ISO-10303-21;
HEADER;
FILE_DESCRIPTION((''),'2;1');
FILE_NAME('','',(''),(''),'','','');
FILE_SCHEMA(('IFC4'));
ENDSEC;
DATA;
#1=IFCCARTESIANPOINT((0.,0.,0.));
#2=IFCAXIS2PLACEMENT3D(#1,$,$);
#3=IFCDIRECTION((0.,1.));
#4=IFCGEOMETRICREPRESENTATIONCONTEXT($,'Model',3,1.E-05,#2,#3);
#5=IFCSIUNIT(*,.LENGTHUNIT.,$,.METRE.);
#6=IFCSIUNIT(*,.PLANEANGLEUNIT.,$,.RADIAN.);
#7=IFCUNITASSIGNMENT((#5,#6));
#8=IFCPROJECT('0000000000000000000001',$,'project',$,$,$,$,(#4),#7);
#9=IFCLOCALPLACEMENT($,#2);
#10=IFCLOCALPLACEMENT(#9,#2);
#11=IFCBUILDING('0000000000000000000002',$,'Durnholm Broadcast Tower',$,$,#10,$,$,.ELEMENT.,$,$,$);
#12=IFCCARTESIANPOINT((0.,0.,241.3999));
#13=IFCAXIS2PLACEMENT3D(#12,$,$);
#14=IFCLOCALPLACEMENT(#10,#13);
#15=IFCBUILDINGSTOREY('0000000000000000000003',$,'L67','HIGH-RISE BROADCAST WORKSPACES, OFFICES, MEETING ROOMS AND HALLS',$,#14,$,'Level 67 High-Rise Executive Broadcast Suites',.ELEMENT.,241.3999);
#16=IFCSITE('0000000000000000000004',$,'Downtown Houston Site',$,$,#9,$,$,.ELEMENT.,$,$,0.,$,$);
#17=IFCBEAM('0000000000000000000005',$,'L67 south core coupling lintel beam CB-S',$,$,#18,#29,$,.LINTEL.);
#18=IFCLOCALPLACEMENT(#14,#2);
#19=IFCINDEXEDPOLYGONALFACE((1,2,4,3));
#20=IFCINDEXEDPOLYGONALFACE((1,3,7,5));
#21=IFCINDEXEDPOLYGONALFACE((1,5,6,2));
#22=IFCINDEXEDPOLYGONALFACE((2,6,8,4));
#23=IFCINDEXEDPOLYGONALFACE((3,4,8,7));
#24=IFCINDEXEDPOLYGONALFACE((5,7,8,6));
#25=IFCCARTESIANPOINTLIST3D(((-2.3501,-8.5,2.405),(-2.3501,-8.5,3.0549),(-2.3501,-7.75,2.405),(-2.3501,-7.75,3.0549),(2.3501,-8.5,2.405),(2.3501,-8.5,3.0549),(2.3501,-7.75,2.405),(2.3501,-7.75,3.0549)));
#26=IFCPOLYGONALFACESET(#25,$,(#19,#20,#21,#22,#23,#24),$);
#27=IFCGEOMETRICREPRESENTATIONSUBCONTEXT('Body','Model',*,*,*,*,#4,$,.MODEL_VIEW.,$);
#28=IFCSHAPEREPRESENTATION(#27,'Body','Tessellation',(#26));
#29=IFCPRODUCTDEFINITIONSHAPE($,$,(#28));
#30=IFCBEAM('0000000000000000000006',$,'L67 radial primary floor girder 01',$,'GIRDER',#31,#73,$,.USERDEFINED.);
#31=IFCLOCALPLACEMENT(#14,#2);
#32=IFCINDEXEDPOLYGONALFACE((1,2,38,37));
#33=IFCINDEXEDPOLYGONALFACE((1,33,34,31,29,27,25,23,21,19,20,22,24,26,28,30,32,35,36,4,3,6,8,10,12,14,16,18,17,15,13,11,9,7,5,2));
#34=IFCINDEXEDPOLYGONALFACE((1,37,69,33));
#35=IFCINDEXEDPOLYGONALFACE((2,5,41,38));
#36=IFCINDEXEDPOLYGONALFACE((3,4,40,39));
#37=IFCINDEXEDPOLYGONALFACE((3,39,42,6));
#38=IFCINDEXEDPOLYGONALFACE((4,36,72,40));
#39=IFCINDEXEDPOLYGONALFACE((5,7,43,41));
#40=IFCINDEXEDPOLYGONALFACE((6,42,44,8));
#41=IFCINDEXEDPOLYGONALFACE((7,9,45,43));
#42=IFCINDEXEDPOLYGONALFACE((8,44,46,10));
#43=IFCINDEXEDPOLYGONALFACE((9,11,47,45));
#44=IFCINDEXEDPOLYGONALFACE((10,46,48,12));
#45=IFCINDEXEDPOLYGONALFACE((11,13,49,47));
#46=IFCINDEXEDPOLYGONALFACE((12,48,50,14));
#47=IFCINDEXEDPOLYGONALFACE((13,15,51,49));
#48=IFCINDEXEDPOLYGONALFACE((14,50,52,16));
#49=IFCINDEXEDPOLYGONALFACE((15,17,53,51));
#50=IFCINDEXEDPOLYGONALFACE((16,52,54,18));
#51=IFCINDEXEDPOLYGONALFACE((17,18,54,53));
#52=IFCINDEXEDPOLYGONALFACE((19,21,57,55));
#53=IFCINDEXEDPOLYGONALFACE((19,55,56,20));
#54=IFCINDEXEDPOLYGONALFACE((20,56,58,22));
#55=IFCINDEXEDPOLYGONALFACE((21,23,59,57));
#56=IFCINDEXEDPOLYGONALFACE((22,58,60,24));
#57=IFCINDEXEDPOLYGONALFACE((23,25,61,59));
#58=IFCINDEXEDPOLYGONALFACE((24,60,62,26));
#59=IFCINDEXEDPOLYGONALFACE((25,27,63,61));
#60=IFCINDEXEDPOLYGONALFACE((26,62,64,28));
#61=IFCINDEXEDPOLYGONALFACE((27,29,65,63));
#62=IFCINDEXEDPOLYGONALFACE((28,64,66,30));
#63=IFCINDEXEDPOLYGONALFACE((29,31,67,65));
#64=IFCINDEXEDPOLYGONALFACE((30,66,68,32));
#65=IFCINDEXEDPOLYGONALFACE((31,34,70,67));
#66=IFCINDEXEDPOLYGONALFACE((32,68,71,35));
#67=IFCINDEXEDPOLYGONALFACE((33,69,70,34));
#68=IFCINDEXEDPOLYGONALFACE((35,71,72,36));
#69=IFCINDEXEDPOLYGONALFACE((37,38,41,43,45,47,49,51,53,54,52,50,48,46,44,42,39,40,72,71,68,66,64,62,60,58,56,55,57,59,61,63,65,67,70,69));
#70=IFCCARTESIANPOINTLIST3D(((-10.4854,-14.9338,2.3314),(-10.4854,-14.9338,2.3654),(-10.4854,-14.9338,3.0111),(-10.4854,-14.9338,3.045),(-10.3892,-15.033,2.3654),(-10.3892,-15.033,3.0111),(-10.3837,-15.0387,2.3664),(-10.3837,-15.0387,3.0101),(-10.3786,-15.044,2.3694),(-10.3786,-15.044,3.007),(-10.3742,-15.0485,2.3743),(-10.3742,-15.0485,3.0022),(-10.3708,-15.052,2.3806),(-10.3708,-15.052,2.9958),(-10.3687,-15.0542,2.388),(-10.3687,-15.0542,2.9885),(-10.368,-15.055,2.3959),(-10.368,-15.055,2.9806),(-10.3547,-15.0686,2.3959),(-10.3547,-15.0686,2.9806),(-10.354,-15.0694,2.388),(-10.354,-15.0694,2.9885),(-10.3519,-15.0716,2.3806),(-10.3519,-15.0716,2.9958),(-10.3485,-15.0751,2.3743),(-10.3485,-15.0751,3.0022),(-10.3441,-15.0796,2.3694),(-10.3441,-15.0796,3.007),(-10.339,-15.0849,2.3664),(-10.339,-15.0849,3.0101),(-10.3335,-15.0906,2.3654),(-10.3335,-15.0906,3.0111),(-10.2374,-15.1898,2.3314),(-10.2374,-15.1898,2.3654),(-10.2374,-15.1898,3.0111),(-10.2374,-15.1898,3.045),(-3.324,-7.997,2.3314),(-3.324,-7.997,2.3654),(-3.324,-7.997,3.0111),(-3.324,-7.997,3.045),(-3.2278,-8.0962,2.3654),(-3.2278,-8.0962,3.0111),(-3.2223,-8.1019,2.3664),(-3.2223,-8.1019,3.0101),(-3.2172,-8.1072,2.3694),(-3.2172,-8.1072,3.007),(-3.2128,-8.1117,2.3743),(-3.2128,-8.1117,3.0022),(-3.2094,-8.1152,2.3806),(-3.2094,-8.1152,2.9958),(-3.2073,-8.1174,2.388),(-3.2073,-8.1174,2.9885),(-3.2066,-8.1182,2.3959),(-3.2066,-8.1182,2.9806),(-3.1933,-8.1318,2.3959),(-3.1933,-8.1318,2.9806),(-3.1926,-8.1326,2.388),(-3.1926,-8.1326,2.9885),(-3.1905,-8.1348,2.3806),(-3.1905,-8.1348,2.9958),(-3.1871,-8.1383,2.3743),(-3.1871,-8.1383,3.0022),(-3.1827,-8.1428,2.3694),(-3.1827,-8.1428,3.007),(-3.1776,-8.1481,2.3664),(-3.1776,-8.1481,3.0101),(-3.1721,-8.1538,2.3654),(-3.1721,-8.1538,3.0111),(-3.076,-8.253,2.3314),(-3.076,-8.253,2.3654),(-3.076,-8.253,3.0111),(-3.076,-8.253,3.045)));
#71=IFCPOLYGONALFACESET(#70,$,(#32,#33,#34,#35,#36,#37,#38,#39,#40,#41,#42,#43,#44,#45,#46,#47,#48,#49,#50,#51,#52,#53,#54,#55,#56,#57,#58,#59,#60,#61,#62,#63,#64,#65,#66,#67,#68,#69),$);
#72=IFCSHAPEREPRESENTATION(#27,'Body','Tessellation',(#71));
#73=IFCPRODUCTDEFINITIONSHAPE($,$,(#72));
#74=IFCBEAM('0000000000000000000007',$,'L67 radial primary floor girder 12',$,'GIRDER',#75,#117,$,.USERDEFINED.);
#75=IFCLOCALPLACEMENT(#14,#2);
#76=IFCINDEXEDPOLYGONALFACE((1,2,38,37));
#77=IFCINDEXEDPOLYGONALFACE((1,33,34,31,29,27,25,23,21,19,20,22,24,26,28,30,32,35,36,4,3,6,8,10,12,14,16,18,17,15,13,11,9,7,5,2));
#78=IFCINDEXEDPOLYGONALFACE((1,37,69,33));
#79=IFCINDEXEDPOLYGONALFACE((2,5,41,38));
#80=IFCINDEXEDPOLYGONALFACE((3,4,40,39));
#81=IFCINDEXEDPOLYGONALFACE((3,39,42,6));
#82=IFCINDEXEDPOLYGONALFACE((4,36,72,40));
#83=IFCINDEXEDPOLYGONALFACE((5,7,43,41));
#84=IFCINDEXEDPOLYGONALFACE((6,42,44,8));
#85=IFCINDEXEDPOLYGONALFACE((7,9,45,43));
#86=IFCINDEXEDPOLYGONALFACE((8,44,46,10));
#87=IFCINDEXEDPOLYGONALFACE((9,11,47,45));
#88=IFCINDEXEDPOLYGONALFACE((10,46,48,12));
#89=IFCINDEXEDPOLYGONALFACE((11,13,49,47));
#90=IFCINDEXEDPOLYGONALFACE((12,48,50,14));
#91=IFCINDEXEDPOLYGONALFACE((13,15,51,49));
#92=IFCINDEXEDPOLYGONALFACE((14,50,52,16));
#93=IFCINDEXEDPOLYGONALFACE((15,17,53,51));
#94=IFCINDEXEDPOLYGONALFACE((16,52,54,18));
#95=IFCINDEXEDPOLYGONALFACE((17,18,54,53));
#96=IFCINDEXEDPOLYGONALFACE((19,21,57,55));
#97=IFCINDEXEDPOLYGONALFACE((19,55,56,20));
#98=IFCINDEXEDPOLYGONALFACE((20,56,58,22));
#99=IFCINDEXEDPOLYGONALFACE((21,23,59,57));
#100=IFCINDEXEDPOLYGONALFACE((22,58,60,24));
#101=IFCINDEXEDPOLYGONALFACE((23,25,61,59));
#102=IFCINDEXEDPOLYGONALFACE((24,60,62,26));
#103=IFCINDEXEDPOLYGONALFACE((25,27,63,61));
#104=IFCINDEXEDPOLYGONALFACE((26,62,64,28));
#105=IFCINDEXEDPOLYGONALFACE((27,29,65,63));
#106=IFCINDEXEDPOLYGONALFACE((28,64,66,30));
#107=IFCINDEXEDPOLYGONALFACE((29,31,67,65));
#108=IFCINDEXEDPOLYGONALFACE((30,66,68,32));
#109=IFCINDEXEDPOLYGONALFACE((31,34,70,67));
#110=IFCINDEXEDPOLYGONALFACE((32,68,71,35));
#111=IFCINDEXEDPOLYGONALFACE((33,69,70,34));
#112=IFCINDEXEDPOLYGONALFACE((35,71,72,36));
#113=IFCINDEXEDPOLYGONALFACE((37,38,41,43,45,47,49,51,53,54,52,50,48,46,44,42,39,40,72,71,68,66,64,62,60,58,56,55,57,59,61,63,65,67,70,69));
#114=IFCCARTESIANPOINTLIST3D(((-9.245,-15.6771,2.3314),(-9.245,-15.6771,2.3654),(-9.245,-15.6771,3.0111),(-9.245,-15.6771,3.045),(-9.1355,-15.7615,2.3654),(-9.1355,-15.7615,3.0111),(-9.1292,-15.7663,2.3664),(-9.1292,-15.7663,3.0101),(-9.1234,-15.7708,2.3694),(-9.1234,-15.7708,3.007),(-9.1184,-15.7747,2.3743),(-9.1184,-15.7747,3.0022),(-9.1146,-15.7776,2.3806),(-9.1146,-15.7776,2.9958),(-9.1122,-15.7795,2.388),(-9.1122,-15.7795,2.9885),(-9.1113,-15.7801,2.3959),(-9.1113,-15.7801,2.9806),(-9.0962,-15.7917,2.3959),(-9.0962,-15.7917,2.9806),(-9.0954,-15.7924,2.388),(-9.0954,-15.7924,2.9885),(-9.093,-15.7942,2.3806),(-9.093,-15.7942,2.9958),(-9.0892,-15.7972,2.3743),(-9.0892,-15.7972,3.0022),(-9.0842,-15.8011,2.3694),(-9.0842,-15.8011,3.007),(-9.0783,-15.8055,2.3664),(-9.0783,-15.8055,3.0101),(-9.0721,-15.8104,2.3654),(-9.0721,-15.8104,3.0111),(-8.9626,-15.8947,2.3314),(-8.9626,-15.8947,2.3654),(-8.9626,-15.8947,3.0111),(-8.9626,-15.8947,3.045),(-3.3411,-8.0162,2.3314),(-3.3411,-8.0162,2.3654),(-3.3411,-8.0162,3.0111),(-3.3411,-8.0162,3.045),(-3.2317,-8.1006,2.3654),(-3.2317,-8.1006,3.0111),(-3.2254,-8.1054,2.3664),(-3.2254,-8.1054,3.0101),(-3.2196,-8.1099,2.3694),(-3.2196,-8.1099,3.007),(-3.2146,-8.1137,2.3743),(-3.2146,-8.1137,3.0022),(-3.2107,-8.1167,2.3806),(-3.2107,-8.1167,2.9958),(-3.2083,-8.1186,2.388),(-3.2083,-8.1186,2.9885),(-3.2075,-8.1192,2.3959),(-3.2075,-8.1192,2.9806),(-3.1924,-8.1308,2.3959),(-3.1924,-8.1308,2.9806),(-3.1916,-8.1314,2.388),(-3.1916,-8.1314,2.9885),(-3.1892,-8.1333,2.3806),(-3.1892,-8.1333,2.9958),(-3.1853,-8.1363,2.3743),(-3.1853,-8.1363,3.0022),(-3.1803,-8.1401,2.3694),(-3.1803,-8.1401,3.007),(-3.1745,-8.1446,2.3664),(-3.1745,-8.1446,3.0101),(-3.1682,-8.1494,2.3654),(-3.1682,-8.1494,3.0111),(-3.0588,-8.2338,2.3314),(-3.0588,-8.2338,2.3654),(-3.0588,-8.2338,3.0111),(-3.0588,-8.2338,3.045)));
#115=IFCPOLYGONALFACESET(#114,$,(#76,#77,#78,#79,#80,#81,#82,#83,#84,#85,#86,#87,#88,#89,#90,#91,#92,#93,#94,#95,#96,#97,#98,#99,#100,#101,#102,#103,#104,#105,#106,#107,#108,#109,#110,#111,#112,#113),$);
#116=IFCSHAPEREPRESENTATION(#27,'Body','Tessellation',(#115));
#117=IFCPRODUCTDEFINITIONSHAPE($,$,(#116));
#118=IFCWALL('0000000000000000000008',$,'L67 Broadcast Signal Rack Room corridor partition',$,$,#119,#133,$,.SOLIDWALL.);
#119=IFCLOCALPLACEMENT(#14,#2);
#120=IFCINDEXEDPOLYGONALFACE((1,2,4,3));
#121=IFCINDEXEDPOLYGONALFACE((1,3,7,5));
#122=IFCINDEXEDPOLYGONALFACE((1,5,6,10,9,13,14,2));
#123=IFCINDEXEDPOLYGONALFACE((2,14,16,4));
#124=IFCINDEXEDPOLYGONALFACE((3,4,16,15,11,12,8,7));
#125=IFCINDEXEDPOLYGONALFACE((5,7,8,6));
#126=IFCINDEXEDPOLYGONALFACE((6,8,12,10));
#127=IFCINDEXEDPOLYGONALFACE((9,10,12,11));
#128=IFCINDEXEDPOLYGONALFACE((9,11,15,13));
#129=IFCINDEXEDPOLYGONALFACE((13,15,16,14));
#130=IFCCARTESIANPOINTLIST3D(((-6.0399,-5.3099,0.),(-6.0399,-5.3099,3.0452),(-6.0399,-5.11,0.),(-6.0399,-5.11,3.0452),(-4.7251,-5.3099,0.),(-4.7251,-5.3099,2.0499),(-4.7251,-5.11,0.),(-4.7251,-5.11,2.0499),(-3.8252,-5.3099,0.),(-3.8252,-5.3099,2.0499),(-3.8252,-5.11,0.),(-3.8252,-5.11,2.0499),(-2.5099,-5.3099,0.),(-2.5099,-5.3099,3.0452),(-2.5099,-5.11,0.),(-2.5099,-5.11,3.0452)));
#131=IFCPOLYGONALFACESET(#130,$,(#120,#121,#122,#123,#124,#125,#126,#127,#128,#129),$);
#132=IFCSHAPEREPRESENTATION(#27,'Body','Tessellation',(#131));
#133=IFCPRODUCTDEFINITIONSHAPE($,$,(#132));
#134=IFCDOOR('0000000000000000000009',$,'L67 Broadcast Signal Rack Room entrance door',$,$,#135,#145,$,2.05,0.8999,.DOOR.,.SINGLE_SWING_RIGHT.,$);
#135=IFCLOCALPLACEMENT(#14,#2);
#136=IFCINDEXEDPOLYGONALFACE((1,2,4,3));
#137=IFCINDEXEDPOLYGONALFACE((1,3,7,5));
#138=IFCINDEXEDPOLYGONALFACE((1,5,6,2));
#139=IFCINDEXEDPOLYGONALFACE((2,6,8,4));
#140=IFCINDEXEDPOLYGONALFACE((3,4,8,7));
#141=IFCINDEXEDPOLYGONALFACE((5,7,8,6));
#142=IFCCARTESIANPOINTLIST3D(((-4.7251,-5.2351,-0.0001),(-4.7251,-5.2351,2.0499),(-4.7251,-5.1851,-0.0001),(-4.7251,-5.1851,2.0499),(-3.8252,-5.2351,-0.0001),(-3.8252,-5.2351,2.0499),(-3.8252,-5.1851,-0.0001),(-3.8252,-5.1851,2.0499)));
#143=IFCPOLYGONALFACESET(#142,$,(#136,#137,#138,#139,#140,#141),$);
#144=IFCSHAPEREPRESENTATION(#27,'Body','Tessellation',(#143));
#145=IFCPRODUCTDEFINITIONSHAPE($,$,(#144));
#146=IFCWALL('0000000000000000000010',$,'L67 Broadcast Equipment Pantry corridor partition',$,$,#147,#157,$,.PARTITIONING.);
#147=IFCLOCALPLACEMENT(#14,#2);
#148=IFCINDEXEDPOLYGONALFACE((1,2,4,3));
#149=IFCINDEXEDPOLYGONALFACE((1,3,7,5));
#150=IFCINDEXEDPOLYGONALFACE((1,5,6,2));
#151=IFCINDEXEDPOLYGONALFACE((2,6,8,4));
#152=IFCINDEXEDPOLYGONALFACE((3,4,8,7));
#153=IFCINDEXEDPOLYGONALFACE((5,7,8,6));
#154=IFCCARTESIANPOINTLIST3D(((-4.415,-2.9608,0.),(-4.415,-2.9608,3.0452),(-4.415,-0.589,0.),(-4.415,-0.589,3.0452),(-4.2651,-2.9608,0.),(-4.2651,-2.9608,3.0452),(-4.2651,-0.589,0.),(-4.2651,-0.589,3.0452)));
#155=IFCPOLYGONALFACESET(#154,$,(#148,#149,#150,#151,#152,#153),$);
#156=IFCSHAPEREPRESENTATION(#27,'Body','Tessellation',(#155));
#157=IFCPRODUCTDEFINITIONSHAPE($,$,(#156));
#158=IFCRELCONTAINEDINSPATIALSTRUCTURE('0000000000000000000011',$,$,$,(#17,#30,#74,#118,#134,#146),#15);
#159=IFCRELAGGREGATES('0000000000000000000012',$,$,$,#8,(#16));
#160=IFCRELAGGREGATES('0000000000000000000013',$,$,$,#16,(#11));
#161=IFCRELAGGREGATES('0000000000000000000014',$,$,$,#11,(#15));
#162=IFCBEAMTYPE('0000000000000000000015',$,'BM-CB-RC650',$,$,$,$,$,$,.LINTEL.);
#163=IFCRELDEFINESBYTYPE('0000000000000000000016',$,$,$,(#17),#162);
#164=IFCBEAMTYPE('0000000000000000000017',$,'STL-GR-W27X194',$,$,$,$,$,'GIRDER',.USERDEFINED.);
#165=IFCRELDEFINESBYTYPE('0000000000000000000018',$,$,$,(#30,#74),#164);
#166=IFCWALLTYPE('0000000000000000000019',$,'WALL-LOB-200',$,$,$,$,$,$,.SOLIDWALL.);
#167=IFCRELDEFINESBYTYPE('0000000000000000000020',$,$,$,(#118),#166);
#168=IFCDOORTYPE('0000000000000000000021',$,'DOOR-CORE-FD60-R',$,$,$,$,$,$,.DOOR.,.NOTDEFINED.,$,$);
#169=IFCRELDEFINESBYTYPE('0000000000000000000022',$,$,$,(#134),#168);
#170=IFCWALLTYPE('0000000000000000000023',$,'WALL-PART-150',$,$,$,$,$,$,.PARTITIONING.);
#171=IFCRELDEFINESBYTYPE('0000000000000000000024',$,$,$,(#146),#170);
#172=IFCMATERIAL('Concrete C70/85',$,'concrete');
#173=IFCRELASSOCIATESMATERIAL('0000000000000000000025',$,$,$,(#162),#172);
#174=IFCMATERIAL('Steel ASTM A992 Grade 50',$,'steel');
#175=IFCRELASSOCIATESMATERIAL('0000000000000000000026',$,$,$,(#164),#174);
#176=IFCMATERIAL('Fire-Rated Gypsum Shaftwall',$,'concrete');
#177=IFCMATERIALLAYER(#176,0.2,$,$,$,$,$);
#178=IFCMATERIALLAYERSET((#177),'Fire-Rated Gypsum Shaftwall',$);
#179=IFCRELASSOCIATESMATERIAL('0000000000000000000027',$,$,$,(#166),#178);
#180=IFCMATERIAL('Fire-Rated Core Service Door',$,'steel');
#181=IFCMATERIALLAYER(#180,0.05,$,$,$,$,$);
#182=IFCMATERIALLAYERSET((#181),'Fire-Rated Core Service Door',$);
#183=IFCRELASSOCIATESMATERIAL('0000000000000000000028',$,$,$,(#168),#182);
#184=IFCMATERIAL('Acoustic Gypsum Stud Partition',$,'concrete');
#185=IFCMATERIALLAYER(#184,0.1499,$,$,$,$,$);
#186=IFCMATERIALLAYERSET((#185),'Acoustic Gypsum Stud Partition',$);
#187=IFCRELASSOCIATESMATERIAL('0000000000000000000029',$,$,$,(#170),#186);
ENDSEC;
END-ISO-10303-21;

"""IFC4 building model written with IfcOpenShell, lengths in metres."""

from ifc_helpers import new_model, si_unit, direction, frame, frame_2d, origin, origin_2d, place, context, subcontext, project, spatial, rectangle, i_section, extrude, source, transform, mapped, material, layer, layer_set, material_profile, profile_set, type_object, type_shapes, element, fill, save


model = new_model("IFC4")

# Units and contexts
model_context = context("Model", 3, precision=1e-05, world=origin(), true_north=direction((0.0, 1.0)))
body_context = subcontext(model_context, "Body", "Model", "MODEL_VIEW")
ifc_project = project(units=[si_unit("LENGTHUNIT", "METRE"), si_unit("PLANEANGLEUNIT", "RADIAN")], contexts=[model_context])

# Site, building, storey
site_placement = place(None, origin())
site = spatial("IfcSite", under=ifc_project, at=site_placement, Name="Downtown Houston Site", CompositionType="ELEMENT", RefElevation=0.0)
building_placement = place(site_placement, origin())
building = spatial("IfcBuilding", under=site, at=building_placement, Name="Durnholm Broadcast Tower", CompositionType="ELEMENT")
storey_placement = place(building_placement, frame((0.0, 0.0, 241.3999)))
storey = spatial("IfcBuildingStorey", under=building, at=storey_placement, Name="L67", Description="HIGH-RISE BROADCAST WORKSPACES, OFFICES, MEETING ROOMS AND HALLS", LongName="Level 67 High-Rise Executive Broadcast Suites", CompositionType="ELEMENT", Elevation=241.3999)

# Beams
ifc_material_1 = material(Name="Concrete C70/85", Category="concrete")
ifc_material_profile_1 = material_profile(ifc_material_1, rectangle(XDim=0.75, YDim=0.6499, at=origin_2d()), Name="RC750X650")
ifc_profile_set_1 = profile_set([ifc_material_profile_1], Name="Concrete C70/85")
beam_type_1 = type_object("IfcBeamType", Name="BM-CB-RC650", PredefinedType="LINTEL", material=ifc_profile_set_1)
shared_shape_1 = source(origin(), body_context, "Body", "SweptSolid", [
    extrude(rectangle(XDim=0.75, YDim=0.6499, at=origin_2d()), origin(), (0.0, 0.0, 1.0), 4.7002),
])
type_shapes(beam_type_1, [shared_shape_1])
beam_1_placement = place(storey_placement, frame((-2.3501, -8.125, 2.73), z_axis=(1.0, 0.0, 0.0), x_axis=(0.0, 1.0, 0.0)))
element("IfcBeam", 1, at=beam_1_placement, inside=storey, type_object=beam_type_1, Name="L67 south core coupling lintel beam CB-S", PredefinedType="LINTEL", context=body_context, shape_type="MappedRepresentation", body=[
    mapped(shared_shape_1, transform((0.0, 0.0, 0.0), x_axis=(1.0, 0.0, 0.0), y_axis=(0.0, 1.0, 0.0), z_axis=(0.0, 0.0, 1.0), scale=1.0)),
])
ifc_material_2 = material(Name="Steel ASTM A992 Grade 50", Category="steel")
ifc_material_profile_2 = material_profile(ifc_material_2, i_section(OverallWidth=0.3564, OverallDepth=0.7136, WebThickness=0.019, FlangeThickness=0.0339, FilletRadius=0.0305, at=origin_2d()), Name="W27X194")
ifc_profile_set_2 = profile_set([ifc_material_profile_2], Name="Steel ASTM A992 Grade 50")
beam_type_2 = type_object("IfcBeamType", Name="STL-GR-W27X194", ElementType="GIRDER", PredefinedType="USERDEFINED", material=ifc_profile_set_2)
shared_shape_2 = source(origin(), body_context, "Body", "SweptSolid", [
    extrude(i_section(OverallWidth=0.3564, OverallDepth=0.7136, WebThickness=0.019, FlangeThickness=0.0339, FilletRadius=0.0305, at=origin_2d()), origin(), (0.0, 0.0, 1.0), 9.9702),
])
beam_2_placement = place(storey_placement, frame((-3.2, -8.125, 2.6882), z_axis=(-0.718281, -0.695753, 0.0), x_axis=(0.695753, -0.718281, 0.0)))
element("IfcBeam", 2, at=beam_2_placement, inside=storey, type_object=beam_type_2, Name="L67 radial primary floor girder 01", ObjectType="GIRDER", PredefinedType="USERDEFINED", context=body_context, shape_type="MappedRepresentation", body=[
    mapped(shared_shape_2, transform((0.0, 0.0, 0.0), x_axis=(1.0, 0.0, 0.0), y_axis=(0.0, 1.0, 0.0), z_axis=(0.0, 0.0, 1.0), scale=1.0)),
])
shared_shape_3 = source(origin(), body_context, "Body", "SweptSolid", [
    extrude(i_section(OverallWidth=0.3564, OverallDepth=0.7136, WebThickness=0.019, FlangeThickness=0.0339, FilletRadius=0.0305, at=origin_2d()), origin(), (0.0, 0.0, 1.0), 9.6719),
])
type_shapes(beam_type_2, [shared_shape_2, shared_shape_3])
beam_3_placement = place(storey_placement, frame((-3.2, -8.125, 2.6882), z_axis=(-0.610413, -0.792083, 0.0), x_axis=(0.792083, -0.610413, 0.0)))
element("IfcBeam", 3, at=beam_3_placement, inside=storey, type_object=beam_type_2, Name="L67 radial primary floor girder 12", ObjectType="GIRDER", PredefinedType="USERDEFINED", context=body_context, shape_type="MappedRepresentation", body=[
    mapped(shared_shape_3, transform((0.0, 0.0, 0.0), x_axis=(1.0, 0.0, 0.0), y_axis=(0.0, 1.0, 0.0), z_axis=(0.0, 0.0, 1.0), scale=1.0)),
])

# Wall, opening, door
ifc_material_3 = material(Name="Fire-Rated Gypsum Shaftwall", Category="concrete")
ifc_layer_1 = layer(ifc_material_3, 0.2)
ifc_layer_set_1 = layer_set([ifc_layer_1], Name="Fire-Rated Gypsum Shaftwall")
wall_type_1 = type_object("IfcWallType", Name="WALL-LOB-200", PredefinedType="SOLIDWALL", material=ifc_layer_set_1)
wall_1_placement = place(storey_placement, frame((-6.04, -5.21, 0.0), z_axis=(0.0, 0.0, 1.0), x_axis=(1.0, 0.0, 0.0)))
wall_1 = element("IfcWall", 4, at=wall_1_placement, inside=storey, type_object=wall_type_1, Name="L67 Broadcast Signal Rack Room corridor partition", PredefinedType="SOLIDWALL", context=body_context, shape_type="SweptSolid", body=[
    extrude(rectangle(XDim=3.53, YDim=0.2, at=frame_2d((1.7651, 0.0))), origin(), (0.0, 0.0, 1.0), 3.0452),
])
opening_1_placement = place(wall_1_placement, frame((1.3149, 0.0, 0.0)))
opening_1 = element("IfcOpeningElement", 5, at=opening_1_placement, cuts=wall_1, PredefinedType="OPENING", context=body_context, shape_type="SweptSolid", body=[
    extrude(rectangle(XDim=0.8999, YDim=2.05, at=frame_2d((0.45, 1.0249))), frame((0.0, 0.1099, 0.0), z_axis=(0.0, -1.0, 0.0), x_axis=(1.0, 0.0, 0.0)), (0.0, 0.0, 1.0), 0.22),
])
ifc_material_4 = material(Name="Fire-Rated Core Service Door", Category="steel")
ifc_layer_2 = layer(ifc_material_4, 0.05)
ifc_layer_set_2 = layer_set([ifc_layer_2], Name="Fire-Rated Core Service Door")
door_type_1 = type_object("IfcDoorType", Name="DOOR-CORE-FD60-R", OperationType="NOTDEFINED", PredefinedType="DOOR", material=ifc_layer_set_2)
shared_shape_4 = source(origin(), body_context, "Body", "SweptSolid", [
    extrude(rectangle(XDim=0.8999, YDim=2.05, at=frame_2d((0.45, 1.0249))), frame((0.0, 0.0249, 0.0), z_axis=(0.0, -1.0, 0.0), x_axis=(1.0, 0.0, 0.0)), (0.0, 0.0, 1.0), 0.05),
])
type_shapes(door_type_1, [shared_shape_4])
door_1_placement = place(opening_1_placement, origin())
door_1 = element("IfcDoor", 6, at=door_1_placement, inside=storey, type_object=door_type_1, Name="L67 Broadcast Signal Rack Room entrance door", OperationType="SINGLE_SWING_RIGHT", OverallHeight=2.05, OverallWidth=0.8999, PredefinedType="DOOR", context=body_context, shape_type="MappedRepresentation", body=[
    mapped(shared_shape_4, transform((0.0, 0.0, 0.0), x_axis=(1.0, 0.0, 0.0), y_axis=(0.0, 1.0, 0.0), z_axis=(0.0, 0.0, 1.0), scale=1.0)),
])
fill(opening_1, door_1)

# Wall
ifc_material_5 = material(Name="Acoustic Gypsum Stud Partition", Category="concrete")
ifc_layer_3 = layer(ifc_material_5, 0.1499)
ifc_layer_set_3 = layer_set([ifc_layer_3], Name="Acoustic Gypsum Stud Partition")
wall_type_2 = type_object("IfcWallType", Name="WALL-PART-150", PredefinedType="PARTITIONING", material=ifc_layer_set_3)
wall_2_placement = place(storey_placement, frame((-4.3401, -2.9609, 0.0), z_axis=(0.0, 0.0, 1.0), x_axis=(0.0, 1.0, 0.0)))
element("IfcWall", 7, at=wall_2_placement, inside=storey, type_object=wall_type_2, Name="L67 Broadcast Equipment Pantry corridor partition", PredefinedType="PARTITIONING", context=body_context, shape_type="SweptSolid", body=[
    extrude(rectangle(XDim=2.3718, YDim=0.1499, at=frame_2d((1.186, 0.0))), origin(), (0.0, 0.0, 1.0), 3.0452),
])

save(model, "model.ifc")
